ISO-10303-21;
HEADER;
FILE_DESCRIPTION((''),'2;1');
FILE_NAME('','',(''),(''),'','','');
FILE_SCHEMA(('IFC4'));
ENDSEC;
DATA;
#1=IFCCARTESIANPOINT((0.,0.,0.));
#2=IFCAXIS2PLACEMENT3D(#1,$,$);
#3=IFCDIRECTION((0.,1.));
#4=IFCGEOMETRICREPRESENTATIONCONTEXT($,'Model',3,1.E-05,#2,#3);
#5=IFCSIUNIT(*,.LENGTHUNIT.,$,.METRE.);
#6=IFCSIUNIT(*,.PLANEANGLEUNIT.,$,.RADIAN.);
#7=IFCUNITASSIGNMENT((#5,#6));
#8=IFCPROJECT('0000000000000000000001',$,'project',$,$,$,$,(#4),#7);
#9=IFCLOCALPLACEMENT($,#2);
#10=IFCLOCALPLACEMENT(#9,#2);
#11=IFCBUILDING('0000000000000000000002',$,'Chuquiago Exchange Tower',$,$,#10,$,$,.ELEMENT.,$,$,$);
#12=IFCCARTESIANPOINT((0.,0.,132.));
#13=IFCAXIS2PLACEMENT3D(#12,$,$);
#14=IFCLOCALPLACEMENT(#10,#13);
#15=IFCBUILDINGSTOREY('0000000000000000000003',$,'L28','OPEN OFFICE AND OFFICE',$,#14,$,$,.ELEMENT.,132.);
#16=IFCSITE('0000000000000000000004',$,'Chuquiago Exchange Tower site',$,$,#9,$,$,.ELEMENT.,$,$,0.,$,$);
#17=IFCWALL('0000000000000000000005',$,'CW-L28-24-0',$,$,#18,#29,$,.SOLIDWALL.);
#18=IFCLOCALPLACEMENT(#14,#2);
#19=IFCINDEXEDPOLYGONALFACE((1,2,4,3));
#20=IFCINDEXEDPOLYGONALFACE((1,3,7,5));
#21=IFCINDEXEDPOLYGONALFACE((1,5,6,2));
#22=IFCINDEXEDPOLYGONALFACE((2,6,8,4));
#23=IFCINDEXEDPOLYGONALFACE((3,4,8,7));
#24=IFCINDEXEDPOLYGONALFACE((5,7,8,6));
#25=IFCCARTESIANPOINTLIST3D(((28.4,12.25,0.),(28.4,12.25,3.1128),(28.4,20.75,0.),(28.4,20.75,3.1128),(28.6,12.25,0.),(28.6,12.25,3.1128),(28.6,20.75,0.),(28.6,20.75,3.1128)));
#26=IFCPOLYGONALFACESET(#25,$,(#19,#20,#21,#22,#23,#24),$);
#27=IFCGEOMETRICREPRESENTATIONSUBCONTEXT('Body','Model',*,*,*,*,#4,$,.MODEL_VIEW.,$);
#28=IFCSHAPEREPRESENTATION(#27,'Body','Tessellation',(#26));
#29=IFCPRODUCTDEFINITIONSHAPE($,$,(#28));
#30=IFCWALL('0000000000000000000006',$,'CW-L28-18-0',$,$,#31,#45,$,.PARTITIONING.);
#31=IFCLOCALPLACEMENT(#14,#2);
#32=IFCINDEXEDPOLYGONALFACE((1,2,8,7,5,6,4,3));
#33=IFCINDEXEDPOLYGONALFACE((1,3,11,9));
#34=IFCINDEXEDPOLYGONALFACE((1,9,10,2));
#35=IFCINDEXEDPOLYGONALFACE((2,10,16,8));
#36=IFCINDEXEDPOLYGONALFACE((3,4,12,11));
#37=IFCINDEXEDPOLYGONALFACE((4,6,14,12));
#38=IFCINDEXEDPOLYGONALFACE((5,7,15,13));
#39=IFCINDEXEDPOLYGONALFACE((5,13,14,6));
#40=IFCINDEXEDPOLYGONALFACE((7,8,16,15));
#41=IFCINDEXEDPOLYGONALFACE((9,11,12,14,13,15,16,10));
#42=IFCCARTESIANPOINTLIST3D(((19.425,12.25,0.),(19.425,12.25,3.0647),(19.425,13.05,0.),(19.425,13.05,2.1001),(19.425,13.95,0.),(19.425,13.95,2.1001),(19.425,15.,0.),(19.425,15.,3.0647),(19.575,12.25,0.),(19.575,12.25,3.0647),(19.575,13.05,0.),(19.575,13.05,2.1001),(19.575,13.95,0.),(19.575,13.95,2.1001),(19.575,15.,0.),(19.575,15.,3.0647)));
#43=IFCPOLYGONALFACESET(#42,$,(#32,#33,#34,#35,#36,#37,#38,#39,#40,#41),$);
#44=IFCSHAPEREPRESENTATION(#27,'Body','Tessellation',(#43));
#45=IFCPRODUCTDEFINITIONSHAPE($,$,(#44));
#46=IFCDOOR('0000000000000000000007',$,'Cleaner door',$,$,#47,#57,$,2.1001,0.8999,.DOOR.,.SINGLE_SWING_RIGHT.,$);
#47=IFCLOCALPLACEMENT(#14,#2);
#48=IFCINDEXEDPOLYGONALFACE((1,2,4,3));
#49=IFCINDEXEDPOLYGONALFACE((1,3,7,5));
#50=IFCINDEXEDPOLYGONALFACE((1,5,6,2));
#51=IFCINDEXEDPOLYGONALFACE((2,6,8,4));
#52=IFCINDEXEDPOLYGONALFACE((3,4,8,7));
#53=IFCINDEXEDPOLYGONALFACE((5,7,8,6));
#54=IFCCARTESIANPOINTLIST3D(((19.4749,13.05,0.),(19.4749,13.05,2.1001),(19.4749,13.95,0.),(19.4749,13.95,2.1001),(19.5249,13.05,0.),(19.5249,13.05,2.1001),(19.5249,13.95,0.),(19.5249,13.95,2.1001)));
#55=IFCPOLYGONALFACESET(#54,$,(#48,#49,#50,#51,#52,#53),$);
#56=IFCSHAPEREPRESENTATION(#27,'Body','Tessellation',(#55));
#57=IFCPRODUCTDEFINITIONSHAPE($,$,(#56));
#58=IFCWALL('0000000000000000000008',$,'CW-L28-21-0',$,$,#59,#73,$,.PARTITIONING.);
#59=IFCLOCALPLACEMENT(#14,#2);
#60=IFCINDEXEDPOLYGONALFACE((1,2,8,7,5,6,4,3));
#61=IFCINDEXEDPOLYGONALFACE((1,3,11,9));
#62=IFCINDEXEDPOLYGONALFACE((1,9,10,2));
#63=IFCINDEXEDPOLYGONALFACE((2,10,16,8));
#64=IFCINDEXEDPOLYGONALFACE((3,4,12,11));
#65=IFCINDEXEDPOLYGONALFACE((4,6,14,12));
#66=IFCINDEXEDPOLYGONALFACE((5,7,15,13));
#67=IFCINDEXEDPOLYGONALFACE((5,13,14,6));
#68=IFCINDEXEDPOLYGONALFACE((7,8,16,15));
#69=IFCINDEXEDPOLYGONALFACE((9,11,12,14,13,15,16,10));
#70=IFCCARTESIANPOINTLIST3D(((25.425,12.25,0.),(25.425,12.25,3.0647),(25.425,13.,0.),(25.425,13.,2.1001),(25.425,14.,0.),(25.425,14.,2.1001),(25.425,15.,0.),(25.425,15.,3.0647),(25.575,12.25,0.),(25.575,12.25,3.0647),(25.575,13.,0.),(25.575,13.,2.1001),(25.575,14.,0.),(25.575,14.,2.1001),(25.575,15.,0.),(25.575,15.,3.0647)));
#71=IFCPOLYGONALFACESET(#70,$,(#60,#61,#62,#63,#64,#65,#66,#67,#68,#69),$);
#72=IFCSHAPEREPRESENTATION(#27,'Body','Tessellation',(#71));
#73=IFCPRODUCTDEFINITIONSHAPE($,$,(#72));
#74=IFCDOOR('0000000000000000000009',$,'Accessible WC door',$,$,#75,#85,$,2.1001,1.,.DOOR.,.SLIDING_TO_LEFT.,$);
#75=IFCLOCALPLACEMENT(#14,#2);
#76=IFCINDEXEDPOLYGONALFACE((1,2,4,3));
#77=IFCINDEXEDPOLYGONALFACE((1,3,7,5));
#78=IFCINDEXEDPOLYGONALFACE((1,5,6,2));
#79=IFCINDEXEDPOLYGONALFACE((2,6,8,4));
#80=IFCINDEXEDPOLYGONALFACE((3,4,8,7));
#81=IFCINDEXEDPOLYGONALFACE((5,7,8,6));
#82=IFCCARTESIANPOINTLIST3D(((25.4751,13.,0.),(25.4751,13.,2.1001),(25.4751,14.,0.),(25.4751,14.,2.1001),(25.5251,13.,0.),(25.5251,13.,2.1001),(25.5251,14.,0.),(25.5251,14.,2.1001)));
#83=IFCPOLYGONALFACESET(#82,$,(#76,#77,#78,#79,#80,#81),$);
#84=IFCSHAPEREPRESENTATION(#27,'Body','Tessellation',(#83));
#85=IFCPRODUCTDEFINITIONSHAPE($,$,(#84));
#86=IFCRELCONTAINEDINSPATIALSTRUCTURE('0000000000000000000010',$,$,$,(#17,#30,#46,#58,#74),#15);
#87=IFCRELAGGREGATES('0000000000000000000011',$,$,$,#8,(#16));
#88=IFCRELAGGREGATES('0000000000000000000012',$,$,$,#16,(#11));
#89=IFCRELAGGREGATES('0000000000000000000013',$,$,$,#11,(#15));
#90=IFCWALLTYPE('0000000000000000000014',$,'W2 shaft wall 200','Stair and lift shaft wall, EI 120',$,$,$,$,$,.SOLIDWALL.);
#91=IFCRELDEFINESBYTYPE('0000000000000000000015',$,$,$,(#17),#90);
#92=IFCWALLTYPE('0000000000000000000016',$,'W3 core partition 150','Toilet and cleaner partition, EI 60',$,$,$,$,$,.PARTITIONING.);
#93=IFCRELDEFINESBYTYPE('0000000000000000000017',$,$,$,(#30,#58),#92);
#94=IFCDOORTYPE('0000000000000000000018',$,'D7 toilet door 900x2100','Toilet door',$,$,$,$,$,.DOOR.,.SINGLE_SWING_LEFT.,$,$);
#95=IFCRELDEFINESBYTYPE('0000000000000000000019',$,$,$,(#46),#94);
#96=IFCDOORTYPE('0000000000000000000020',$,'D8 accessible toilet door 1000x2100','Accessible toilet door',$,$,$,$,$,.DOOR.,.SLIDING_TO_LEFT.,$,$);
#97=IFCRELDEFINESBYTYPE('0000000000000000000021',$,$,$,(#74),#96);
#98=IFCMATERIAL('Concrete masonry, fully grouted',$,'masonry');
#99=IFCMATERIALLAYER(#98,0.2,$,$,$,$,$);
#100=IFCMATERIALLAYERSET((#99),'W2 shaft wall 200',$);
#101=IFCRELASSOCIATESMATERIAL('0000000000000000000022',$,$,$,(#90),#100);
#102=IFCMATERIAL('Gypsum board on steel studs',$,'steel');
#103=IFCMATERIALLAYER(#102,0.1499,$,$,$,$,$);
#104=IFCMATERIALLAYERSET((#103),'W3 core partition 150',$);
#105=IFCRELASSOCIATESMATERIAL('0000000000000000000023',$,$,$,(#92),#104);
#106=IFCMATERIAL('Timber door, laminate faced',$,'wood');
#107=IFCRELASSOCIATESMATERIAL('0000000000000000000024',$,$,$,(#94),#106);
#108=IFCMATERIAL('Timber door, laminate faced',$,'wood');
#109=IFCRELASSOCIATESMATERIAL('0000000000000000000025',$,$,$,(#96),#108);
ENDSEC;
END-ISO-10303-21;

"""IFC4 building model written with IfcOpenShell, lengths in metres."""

from ifc_helpers import new_model, si_unit, direction, frame, frame_2d, origin, place, context, subcontext, project, spatial, rectangle, extrude, material, layer, layer_set, type_object, element, fill, save


model = new_model("IFC4")

# Units and contexts
model_context = context("Model", 3, precision=1e-05, world=origin(), true_north=direction((0.0, 1.0)))
body_context = subcontext(model_context, "Body", "Model", "MODEL_VIEW")
ifc_project = project(units=[si_unit("LENGTHUNIT", "METRE"), si_unit("PLANEANGLEUNIT", "RADIAN")], contexts=[model_context])

# Site, building, storey
site_placement = place(None, origin())
site = spatial("IfcSite", under=ifc_project, at=site_placement, Name="Chuquiago Exchange Tower site", CompositionType="ELEMENT", RefElevation=0.0)
building_placement = place(site_placement, origin())
building = spatial("IfcBuilding", under=site, at=building_placement, Name="Chuquiago Exchange Tower", CompositionType="ELEMENT")
storey_placement = place(building_placement, frame((0.0, 0.0, 132.0)))
storey = spatial("IfcBuildingStorey", under=building, at=storey_placement, Name="L28", Description="OPEN OFFICE AND OFFICE", CompositionType="ELEMENT", Elevation=132.0)

# Shared definitions
ifc_material_1 = material(Name="Concrete masonry, fully grouted", Category="masonry")
ifc_layer_1 = layer(ifc_material_1, 0.2)
ifc_layer_set_1 = layer_set([ifc_layer_1], Name="W2 shaft wall 200")
wall_type_1 = type_object("IfcWallType", Name="W2 shaft wall 200", Description="Stair and lift shaft wall, EI 120", PredefinedType="SOLIDWALL", material=ifc_layer_set_1)

# Wall
wall_1_placement = place(storey_placement, frame((28.5, 12.25, 0.0), z_axis=(0.0, 0.0, 1.0), x_axis=(0.0, 1.0, 0.0)))
element("IfcWall", 1, at=wall_1_placement, inside=storey, type_object=wall_type_1, Name="CW-L28-24-0", PredefinedType="SOLIDWALL", context=body_context, shape_type="SweptSolid", body=[
    extrude(rectangle(XDim=8.5, YDim=0.2, at=frame_2d((4.25, 0.0))), origin(), (0.0, 0.0, 1.0), 3.1128),
])

# Walls, openings, doors
ifc_material_2 = material(Name="Gypsum board on steel studs", Category="steel")
ifc_layer_2 = layer(ifc_material_2, 0.1499)
ifc_layer_set_2 = layer_set([ifc_layer_2], Name="W3 core partition 150")
wall_type_2 = type_object("IfcWallType", Name="W3 core partition 150", Description="Toilet and cleaner partition, EI 60", PredefinedType="PARTITIONING", material=ifc_layer_set_2)
wall_2_placement = place(storey_placement, frame((19.5, 12.25, 0.0), z_axis=(0.0, 0.0, 1.0), x_axis=(0.0, 1.0, 0.0)))
wall_2 = element("IfcWall", 2, at=wall_2_placement, inside=storey, type_object=wall_type_2, Name="CW-L28-18-0", PredefinedType="PARTITIONING", context=body_context, shape_type="SweptSolid", body=[
    extrude(rectangle(XDim=2.75, YDim=0.1499, at=frame_2d((1.375, 0.0))), origin(), (0.0, 0.0, 1.0), 3.0647),
])
opening_1_placement = place(wall_2_placement, frame((0.8, 0.0, 0.0)))
opening_1 = element("IfcOpeningElement", 3, at=opening_1_placement, cuts=wall_2, PredefinedType="OPENING", context=body_context, shape_type="SweptSolid", body=[
    extrude(rectangle(XDim=0.8999, YDim=2.1001, at=frame_2d((0.45, 1.05))), frame((0.0, 0.085, 0.0), z_axis=(0.0, -1.0, 0.0), x_axis=(1.0, 0.0, 0.0)), (0.0, 0.0, 1.0), 0.1699),
])
ifc_material_3 = material(Name="Timber door, laminate faced", Category="wood")
door_type_1 = type_object("IfcDoorType", Name="D7 toilet door 900x2100", Description="Toilet door", OperationType="SINGLE_SWING_LEFT", PredefinedType="DOOR", material=ifc_material_3)
door_1_placement = place(opening_1_placement, frame((0.8999, 0.0, 0.0), z_axis=(0.0, 0.0, 1.0), x_axis=(-1.0, 0.0, 0.0)))
door_1 = element("IfcDoor", 4, at=door_1_placement, inside=storey, type_object=door_type_1, Name="Cleaner door", OperationType="SINGLE_SWING_RIGHT", OverallHeight=2.1001, OverallWidth=0.8999, PredefinedType="DOOR", context=body_context, shape_type="SweptSolid", body=[
    extrude(rectangle(XDim=0.8999, YDim=2.1001, at=frame_2d((0.45, 1.05))), frame((0.0, 0.0249, 0.0), z_axis=(0.0, -1.0, 0.0), x_axis=(1.0, 0.0, 0.0)), (0.0, 0.0, 1.0), 0.05),
])
fill(opening_1, door_1)
wall_3_placement = place(storey_placement, frame((25.5, 12.25, 0.0), z_axis=(0.0, 0.0, 1.0), x_axis=(0.0, 1.0, 0.0)))
wall_3 = element("IfcWall", 5, at=wall_3_placement, inside=storey, type_object=wall_type_2, Name="CW-L28-21-0", PredefinedType="PARTITIONING", context=body_context, shape_type="SweptSolid", body=[
    extrude(rectangle(XDim=2.75, YDim=0.1499, at=frame_2d((1.375, 0.0))), origin(), (0.0, 0.0, 1.0), 3.0647),
])
opening_2_placement = place(wall_3_placement, frame((0.75, 0.0, 0.0)))
opening_2 = element("IfcOpeningElement", 6, at=opening_2_placement, cuts=wall_3, PredefinedType="OPENING", context=body_context, shape_type="SweptSolid", body=[
    extrude(rectangle(XDim=1.0, YDim=2.1001, at=frame_2d((0.5, 1.05))), frame((0.0, 0.085, 0.0), z_axis=(0.0, -1.0, 0.0), x_axis=(1.0, 0.0, 0.0)), (0.0, 0.0, 1.0), 0.1699),
])
ifc_material_4 = material(Name="Timber door, laminate faced", Category="wood")
door_type_2 = type_object("IfcDoorType", Name="D8 accessible toilet door 1000x2100", Description="Accessible toilet door", OperationType="SLIDING_TO_LEFT", PredefinedType="DOOR", material=ifc_material_4)
door_2_placement = place(opening_2_placement, origin())
door_2 = element("IfcDoor", 7, at=door_2_placement, inside=storey, type_object=door_type_2, Name="Accessible WC door", OperationType="SLIDING_TO_LEFT", OverallHeight=2.1001, OverallWidth=1.0, PredefinedType="DOOR", context=body_context, shape_type="SweptSolid", body=[
    extrude(rectangle(XDim=1.0, YDim=2.1001, at=frame_2d((0.5, 1.05))), frame((0.0, 0.0249, 0.0), z_axis=(0.0, -1.0, 0.0), x_axis=(1.0, 0.0, 0.0)), (0.0, 0.0, 1.0), 0.05),
])
fill(opening_2, door_2)

save(model, "model.ifc")
